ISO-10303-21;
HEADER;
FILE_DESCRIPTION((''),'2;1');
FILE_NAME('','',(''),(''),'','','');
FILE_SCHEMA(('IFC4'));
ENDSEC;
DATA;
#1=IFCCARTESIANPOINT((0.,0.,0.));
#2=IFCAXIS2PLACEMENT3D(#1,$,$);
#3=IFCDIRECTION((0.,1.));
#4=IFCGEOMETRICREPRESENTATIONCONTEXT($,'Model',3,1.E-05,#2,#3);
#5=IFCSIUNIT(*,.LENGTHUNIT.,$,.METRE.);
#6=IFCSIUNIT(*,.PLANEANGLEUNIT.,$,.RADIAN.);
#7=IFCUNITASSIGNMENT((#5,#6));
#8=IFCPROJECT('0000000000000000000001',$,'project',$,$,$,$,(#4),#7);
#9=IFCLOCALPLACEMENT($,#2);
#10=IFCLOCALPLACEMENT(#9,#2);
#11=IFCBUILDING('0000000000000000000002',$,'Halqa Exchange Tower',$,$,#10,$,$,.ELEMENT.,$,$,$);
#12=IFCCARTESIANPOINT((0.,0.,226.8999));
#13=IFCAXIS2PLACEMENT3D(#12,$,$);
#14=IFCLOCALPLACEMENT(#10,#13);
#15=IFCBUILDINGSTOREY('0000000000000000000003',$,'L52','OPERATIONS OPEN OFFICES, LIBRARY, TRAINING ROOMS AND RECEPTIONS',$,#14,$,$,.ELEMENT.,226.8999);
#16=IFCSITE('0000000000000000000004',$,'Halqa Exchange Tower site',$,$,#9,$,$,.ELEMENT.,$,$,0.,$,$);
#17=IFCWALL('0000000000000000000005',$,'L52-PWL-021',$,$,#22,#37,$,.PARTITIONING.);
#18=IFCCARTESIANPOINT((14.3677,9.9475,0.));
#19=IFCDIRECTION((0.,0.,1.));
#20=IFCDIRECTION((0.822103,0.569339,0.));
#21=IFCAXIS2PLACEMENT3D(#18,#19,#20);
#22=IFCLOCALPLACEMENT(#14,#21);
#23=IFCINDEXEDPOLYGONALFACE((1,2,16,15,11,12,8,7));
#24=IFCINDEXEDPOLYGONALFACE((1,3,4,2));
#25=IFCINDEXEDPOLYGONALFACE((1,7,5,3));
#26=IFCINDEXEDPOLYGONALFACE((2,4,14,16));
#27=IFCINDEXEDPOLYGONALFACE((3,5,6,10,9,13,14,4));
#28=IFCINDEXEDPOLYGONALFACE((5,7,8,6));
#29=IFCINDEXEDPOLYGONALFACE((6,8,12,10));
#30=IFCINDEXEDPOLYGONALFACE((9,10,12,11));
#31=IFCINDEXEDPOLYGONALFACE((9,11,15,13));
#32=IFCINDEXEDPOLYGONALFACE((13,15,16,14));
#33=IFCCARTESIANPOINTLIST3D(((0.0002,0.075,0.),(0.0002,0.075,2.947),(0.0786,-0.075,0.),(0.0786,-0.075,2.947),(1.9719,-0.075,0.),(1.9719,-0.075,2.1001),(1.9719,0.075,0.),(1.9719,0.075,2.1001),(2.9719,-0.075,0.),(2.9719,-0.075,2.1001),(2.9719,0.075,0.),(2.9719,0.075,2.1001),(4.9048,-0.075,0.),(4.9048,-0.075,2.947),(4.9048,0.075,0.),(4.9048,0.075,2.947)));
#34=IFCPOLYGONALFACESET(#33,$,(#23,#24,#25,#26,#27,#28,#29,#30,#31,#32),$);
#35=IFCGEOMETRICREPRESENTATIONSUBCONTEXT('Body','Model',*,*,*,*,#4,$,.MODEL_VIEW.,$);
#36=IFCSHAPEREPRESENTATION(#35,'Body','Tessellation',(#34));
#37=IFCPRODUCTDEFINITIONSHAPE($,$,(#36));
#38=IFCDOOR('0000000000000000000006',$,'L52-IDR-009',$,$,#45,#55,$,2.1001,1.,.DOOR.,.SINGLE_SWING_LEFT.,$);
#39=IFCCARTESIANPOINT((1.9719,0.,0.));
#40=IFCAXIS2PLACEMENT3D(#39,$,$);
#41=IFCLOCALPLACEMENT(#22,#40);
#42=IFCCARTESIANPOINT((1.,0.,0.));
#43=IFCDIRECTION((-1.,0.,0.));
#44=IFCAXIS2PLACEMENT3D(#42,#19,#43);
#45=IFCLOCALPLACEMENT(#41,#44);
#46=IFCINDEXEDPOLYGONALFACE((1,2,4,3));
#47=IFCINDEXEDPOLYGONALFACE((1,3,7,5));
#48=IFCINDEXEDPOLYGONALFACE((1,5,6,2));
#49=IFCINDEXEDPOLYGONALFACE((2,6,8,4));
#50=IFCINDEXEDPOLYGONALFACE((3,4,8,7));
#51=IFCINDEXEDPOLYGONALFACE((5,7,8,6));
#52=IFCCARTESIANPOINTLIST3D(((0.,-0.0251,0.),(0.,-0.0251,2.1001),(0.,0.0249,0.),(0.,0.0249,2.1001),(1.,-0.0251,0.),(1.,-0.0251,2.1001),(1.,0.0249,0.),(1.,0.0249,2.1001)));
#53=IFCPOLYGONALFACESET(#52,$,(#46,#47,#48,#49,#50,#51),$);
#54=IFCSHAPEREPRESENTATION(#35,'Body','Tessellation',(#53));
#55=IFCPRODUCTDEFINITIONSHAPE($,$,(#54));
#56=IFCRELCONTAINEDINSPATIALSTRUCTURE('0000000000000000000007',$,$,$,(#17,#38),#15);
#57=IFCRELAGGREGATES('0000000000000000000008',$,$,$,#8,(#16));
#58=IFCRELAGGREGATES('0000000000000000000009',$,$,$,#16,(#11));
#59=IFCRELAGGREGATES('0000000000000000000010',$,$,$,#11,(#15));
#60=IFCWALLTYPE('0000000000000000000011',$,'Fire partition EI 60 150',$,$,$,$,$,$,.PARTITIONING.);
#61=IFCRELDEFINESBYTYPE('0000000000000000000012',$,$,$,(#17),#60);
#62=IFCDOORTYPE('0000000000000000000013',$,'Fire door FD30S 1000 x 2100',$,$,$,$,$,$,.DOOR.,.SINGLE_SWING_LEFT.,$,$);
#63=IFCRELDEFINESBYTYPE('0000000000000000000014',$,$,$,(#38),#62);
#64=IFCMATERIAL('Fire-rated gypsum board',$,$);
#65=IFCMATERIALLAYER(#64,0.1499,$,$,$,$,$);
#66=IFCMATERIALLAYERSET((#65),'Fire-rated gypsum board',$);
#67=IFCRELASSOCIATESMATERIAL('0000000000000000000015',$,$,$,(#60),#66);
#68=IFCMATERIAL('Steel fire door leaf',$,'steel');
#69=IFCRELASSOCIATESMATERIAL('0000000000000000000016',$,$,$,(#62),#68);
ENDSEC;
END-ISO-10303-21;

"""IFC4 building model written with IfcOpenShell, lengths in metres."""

from ifc_helpers import new_model, si_unit, direction, frame, frame_2d, origin, place, context, subcontext, project, spatial, polyline, rectangle, outline, extrude, material, layer, layer_set, type_object, element, fill, save


model = new_model("IFC4")

# Units and contexts
model_context = context("Model", 3, precision=1e-05, world=origin(), true_north=direction((0.0, 1.0)))
body_context = subcontext(model_context, "Body", "Model", "MODEL_VIEW")
ifc_project = project(units=[si_unit("LENGTHUNIT", "METRE"), si_unit("PLANEANGLEUNIT", "RADIAN")], contexts=[model_context])

# Site, building, storey
site_placement = place(None, origin())
site = spatial("IfcSite", under=ifc_project, at=site_placement, Name="Halqa Exchange Tower site", CompositionType="ELEMENT", RefElevation=0.0)
building_placement = place(site_placement, origin())
building = spatial("IfcBuilding", under=site, at=building_placement, Name="Halqa Exchange Tower", CompositionType="ELEMENT")
storey_placement = place(building_placement, frame((0.0, 0.0, 226.8999)))
storey = spatial("IfcBuildingStorey", under=building, at=storey_placement, Name="L52", Description="OPERATIONS OPEN OFFICES, LIBRARY, TRAINING ROOMS AND RECEPTIONS", CompositionType="ELEMENT", Elevation=226.8999)

# Wall, opening, door
ifc_material_1 = material(Name="Fire-rated gypsum board")
ifc_layer_1 = layer(ifc_material_1, 0.1499)
ifc_layer_set_1 = layer_set([ifc_layer_1], Name="Fire-rated gypsum board")
wall_type_1 = type_object("IfcWallType", Name="Fire partition EI 60 150", PredefinedType="PARTITIONING", material=ifc_layer_set_1)
wall_1_placement = place(storey_placement, frame((14.3677, 9.9475, 0.0), z_axis=(0.0, 0.0, 1.0), x_axis=(0.822103, 0.569339, 0.0)))
wall_1 = element("IfcWall", 1, at=wall_1_placement, inside=storey, type_object=wall_type_1, Name="L52-PWL-021", PredefinedType="PARTITIONING", context=body_context, shape_type="SweptSolid", body=[
    extrude(outline(polyline([(4.9048, 0.075), (3.27, 0.075), (1.635, 0.075), (0.0002, 0.075), (0.0786, -0.075), (1.6875, -0.075), (3.2961, -0.075), (4.9048, -0.075), (4.9048, 0.075)])), origin(), (0.0, 0.0, 1.0), 2.947),
])
opening_1_placement = place(wall_1_placement, frame((1.9719, 0.0, 0.0)))
opening_1 = element("IfcOpeningElement", 2, at=opening_1_placement, cuts=wall_1, PredefinedType="OPENING", context=body_context, shape_type="SweptSolid", body=[
    extrude(rectangle(XDim=1.0, YDim=2.1001, at=frame_2d((0.5, 1.05))), frame((0.0, 0.0869, 0.0), z_axis=(0.0, -1.0, 0.0), x_axis=(1.0, 0.0, 0.0)), (0.0, 0.0, 1.0), 0.1738),
])
ifc_material_2 = material(Name="Steel fire door leaf", Category="steel")
door_type_1 = type_object("IfcDoorType", Name="Fire door FD30S 1000 x 2100", OperationType="SINGLE_SWING_LEFT", PredefinedType="DOOR", material=ifc_material_2)
door_1_placement = place(opening_1_placement, frame((1.0, 0.0, 0.0), z_axis=(0.0, 0.0, 1.0), x_axis=(-1.0, 0.0, 0.0)))
door_1 = element("IfcDoor", 3, at=door_1_placement, inside=storey, type_object=door_type_1, Name="L52-IDR-009", OperationType="SINGLE_SWING_LEFT", OverallHeight=2.1001, OverallWidth=1.0, PredefinedType="DOOR", context=body_context, shape_type="SweptSolid", body=[
    extrude(rectangle(XDim=1.0, YDim=2.1001, at=frame_2d((0.5, 1.05))), frame((0.0, 0.0249, 0.0), z_axis=(0.0, -1.0, 0.0), x_axis=(1.0, 0.0, 0.0)), (0.0, 0.0, 1.0), 0.05),
])
fill(opening_1, door_1)

save(model, "model.ifc")
